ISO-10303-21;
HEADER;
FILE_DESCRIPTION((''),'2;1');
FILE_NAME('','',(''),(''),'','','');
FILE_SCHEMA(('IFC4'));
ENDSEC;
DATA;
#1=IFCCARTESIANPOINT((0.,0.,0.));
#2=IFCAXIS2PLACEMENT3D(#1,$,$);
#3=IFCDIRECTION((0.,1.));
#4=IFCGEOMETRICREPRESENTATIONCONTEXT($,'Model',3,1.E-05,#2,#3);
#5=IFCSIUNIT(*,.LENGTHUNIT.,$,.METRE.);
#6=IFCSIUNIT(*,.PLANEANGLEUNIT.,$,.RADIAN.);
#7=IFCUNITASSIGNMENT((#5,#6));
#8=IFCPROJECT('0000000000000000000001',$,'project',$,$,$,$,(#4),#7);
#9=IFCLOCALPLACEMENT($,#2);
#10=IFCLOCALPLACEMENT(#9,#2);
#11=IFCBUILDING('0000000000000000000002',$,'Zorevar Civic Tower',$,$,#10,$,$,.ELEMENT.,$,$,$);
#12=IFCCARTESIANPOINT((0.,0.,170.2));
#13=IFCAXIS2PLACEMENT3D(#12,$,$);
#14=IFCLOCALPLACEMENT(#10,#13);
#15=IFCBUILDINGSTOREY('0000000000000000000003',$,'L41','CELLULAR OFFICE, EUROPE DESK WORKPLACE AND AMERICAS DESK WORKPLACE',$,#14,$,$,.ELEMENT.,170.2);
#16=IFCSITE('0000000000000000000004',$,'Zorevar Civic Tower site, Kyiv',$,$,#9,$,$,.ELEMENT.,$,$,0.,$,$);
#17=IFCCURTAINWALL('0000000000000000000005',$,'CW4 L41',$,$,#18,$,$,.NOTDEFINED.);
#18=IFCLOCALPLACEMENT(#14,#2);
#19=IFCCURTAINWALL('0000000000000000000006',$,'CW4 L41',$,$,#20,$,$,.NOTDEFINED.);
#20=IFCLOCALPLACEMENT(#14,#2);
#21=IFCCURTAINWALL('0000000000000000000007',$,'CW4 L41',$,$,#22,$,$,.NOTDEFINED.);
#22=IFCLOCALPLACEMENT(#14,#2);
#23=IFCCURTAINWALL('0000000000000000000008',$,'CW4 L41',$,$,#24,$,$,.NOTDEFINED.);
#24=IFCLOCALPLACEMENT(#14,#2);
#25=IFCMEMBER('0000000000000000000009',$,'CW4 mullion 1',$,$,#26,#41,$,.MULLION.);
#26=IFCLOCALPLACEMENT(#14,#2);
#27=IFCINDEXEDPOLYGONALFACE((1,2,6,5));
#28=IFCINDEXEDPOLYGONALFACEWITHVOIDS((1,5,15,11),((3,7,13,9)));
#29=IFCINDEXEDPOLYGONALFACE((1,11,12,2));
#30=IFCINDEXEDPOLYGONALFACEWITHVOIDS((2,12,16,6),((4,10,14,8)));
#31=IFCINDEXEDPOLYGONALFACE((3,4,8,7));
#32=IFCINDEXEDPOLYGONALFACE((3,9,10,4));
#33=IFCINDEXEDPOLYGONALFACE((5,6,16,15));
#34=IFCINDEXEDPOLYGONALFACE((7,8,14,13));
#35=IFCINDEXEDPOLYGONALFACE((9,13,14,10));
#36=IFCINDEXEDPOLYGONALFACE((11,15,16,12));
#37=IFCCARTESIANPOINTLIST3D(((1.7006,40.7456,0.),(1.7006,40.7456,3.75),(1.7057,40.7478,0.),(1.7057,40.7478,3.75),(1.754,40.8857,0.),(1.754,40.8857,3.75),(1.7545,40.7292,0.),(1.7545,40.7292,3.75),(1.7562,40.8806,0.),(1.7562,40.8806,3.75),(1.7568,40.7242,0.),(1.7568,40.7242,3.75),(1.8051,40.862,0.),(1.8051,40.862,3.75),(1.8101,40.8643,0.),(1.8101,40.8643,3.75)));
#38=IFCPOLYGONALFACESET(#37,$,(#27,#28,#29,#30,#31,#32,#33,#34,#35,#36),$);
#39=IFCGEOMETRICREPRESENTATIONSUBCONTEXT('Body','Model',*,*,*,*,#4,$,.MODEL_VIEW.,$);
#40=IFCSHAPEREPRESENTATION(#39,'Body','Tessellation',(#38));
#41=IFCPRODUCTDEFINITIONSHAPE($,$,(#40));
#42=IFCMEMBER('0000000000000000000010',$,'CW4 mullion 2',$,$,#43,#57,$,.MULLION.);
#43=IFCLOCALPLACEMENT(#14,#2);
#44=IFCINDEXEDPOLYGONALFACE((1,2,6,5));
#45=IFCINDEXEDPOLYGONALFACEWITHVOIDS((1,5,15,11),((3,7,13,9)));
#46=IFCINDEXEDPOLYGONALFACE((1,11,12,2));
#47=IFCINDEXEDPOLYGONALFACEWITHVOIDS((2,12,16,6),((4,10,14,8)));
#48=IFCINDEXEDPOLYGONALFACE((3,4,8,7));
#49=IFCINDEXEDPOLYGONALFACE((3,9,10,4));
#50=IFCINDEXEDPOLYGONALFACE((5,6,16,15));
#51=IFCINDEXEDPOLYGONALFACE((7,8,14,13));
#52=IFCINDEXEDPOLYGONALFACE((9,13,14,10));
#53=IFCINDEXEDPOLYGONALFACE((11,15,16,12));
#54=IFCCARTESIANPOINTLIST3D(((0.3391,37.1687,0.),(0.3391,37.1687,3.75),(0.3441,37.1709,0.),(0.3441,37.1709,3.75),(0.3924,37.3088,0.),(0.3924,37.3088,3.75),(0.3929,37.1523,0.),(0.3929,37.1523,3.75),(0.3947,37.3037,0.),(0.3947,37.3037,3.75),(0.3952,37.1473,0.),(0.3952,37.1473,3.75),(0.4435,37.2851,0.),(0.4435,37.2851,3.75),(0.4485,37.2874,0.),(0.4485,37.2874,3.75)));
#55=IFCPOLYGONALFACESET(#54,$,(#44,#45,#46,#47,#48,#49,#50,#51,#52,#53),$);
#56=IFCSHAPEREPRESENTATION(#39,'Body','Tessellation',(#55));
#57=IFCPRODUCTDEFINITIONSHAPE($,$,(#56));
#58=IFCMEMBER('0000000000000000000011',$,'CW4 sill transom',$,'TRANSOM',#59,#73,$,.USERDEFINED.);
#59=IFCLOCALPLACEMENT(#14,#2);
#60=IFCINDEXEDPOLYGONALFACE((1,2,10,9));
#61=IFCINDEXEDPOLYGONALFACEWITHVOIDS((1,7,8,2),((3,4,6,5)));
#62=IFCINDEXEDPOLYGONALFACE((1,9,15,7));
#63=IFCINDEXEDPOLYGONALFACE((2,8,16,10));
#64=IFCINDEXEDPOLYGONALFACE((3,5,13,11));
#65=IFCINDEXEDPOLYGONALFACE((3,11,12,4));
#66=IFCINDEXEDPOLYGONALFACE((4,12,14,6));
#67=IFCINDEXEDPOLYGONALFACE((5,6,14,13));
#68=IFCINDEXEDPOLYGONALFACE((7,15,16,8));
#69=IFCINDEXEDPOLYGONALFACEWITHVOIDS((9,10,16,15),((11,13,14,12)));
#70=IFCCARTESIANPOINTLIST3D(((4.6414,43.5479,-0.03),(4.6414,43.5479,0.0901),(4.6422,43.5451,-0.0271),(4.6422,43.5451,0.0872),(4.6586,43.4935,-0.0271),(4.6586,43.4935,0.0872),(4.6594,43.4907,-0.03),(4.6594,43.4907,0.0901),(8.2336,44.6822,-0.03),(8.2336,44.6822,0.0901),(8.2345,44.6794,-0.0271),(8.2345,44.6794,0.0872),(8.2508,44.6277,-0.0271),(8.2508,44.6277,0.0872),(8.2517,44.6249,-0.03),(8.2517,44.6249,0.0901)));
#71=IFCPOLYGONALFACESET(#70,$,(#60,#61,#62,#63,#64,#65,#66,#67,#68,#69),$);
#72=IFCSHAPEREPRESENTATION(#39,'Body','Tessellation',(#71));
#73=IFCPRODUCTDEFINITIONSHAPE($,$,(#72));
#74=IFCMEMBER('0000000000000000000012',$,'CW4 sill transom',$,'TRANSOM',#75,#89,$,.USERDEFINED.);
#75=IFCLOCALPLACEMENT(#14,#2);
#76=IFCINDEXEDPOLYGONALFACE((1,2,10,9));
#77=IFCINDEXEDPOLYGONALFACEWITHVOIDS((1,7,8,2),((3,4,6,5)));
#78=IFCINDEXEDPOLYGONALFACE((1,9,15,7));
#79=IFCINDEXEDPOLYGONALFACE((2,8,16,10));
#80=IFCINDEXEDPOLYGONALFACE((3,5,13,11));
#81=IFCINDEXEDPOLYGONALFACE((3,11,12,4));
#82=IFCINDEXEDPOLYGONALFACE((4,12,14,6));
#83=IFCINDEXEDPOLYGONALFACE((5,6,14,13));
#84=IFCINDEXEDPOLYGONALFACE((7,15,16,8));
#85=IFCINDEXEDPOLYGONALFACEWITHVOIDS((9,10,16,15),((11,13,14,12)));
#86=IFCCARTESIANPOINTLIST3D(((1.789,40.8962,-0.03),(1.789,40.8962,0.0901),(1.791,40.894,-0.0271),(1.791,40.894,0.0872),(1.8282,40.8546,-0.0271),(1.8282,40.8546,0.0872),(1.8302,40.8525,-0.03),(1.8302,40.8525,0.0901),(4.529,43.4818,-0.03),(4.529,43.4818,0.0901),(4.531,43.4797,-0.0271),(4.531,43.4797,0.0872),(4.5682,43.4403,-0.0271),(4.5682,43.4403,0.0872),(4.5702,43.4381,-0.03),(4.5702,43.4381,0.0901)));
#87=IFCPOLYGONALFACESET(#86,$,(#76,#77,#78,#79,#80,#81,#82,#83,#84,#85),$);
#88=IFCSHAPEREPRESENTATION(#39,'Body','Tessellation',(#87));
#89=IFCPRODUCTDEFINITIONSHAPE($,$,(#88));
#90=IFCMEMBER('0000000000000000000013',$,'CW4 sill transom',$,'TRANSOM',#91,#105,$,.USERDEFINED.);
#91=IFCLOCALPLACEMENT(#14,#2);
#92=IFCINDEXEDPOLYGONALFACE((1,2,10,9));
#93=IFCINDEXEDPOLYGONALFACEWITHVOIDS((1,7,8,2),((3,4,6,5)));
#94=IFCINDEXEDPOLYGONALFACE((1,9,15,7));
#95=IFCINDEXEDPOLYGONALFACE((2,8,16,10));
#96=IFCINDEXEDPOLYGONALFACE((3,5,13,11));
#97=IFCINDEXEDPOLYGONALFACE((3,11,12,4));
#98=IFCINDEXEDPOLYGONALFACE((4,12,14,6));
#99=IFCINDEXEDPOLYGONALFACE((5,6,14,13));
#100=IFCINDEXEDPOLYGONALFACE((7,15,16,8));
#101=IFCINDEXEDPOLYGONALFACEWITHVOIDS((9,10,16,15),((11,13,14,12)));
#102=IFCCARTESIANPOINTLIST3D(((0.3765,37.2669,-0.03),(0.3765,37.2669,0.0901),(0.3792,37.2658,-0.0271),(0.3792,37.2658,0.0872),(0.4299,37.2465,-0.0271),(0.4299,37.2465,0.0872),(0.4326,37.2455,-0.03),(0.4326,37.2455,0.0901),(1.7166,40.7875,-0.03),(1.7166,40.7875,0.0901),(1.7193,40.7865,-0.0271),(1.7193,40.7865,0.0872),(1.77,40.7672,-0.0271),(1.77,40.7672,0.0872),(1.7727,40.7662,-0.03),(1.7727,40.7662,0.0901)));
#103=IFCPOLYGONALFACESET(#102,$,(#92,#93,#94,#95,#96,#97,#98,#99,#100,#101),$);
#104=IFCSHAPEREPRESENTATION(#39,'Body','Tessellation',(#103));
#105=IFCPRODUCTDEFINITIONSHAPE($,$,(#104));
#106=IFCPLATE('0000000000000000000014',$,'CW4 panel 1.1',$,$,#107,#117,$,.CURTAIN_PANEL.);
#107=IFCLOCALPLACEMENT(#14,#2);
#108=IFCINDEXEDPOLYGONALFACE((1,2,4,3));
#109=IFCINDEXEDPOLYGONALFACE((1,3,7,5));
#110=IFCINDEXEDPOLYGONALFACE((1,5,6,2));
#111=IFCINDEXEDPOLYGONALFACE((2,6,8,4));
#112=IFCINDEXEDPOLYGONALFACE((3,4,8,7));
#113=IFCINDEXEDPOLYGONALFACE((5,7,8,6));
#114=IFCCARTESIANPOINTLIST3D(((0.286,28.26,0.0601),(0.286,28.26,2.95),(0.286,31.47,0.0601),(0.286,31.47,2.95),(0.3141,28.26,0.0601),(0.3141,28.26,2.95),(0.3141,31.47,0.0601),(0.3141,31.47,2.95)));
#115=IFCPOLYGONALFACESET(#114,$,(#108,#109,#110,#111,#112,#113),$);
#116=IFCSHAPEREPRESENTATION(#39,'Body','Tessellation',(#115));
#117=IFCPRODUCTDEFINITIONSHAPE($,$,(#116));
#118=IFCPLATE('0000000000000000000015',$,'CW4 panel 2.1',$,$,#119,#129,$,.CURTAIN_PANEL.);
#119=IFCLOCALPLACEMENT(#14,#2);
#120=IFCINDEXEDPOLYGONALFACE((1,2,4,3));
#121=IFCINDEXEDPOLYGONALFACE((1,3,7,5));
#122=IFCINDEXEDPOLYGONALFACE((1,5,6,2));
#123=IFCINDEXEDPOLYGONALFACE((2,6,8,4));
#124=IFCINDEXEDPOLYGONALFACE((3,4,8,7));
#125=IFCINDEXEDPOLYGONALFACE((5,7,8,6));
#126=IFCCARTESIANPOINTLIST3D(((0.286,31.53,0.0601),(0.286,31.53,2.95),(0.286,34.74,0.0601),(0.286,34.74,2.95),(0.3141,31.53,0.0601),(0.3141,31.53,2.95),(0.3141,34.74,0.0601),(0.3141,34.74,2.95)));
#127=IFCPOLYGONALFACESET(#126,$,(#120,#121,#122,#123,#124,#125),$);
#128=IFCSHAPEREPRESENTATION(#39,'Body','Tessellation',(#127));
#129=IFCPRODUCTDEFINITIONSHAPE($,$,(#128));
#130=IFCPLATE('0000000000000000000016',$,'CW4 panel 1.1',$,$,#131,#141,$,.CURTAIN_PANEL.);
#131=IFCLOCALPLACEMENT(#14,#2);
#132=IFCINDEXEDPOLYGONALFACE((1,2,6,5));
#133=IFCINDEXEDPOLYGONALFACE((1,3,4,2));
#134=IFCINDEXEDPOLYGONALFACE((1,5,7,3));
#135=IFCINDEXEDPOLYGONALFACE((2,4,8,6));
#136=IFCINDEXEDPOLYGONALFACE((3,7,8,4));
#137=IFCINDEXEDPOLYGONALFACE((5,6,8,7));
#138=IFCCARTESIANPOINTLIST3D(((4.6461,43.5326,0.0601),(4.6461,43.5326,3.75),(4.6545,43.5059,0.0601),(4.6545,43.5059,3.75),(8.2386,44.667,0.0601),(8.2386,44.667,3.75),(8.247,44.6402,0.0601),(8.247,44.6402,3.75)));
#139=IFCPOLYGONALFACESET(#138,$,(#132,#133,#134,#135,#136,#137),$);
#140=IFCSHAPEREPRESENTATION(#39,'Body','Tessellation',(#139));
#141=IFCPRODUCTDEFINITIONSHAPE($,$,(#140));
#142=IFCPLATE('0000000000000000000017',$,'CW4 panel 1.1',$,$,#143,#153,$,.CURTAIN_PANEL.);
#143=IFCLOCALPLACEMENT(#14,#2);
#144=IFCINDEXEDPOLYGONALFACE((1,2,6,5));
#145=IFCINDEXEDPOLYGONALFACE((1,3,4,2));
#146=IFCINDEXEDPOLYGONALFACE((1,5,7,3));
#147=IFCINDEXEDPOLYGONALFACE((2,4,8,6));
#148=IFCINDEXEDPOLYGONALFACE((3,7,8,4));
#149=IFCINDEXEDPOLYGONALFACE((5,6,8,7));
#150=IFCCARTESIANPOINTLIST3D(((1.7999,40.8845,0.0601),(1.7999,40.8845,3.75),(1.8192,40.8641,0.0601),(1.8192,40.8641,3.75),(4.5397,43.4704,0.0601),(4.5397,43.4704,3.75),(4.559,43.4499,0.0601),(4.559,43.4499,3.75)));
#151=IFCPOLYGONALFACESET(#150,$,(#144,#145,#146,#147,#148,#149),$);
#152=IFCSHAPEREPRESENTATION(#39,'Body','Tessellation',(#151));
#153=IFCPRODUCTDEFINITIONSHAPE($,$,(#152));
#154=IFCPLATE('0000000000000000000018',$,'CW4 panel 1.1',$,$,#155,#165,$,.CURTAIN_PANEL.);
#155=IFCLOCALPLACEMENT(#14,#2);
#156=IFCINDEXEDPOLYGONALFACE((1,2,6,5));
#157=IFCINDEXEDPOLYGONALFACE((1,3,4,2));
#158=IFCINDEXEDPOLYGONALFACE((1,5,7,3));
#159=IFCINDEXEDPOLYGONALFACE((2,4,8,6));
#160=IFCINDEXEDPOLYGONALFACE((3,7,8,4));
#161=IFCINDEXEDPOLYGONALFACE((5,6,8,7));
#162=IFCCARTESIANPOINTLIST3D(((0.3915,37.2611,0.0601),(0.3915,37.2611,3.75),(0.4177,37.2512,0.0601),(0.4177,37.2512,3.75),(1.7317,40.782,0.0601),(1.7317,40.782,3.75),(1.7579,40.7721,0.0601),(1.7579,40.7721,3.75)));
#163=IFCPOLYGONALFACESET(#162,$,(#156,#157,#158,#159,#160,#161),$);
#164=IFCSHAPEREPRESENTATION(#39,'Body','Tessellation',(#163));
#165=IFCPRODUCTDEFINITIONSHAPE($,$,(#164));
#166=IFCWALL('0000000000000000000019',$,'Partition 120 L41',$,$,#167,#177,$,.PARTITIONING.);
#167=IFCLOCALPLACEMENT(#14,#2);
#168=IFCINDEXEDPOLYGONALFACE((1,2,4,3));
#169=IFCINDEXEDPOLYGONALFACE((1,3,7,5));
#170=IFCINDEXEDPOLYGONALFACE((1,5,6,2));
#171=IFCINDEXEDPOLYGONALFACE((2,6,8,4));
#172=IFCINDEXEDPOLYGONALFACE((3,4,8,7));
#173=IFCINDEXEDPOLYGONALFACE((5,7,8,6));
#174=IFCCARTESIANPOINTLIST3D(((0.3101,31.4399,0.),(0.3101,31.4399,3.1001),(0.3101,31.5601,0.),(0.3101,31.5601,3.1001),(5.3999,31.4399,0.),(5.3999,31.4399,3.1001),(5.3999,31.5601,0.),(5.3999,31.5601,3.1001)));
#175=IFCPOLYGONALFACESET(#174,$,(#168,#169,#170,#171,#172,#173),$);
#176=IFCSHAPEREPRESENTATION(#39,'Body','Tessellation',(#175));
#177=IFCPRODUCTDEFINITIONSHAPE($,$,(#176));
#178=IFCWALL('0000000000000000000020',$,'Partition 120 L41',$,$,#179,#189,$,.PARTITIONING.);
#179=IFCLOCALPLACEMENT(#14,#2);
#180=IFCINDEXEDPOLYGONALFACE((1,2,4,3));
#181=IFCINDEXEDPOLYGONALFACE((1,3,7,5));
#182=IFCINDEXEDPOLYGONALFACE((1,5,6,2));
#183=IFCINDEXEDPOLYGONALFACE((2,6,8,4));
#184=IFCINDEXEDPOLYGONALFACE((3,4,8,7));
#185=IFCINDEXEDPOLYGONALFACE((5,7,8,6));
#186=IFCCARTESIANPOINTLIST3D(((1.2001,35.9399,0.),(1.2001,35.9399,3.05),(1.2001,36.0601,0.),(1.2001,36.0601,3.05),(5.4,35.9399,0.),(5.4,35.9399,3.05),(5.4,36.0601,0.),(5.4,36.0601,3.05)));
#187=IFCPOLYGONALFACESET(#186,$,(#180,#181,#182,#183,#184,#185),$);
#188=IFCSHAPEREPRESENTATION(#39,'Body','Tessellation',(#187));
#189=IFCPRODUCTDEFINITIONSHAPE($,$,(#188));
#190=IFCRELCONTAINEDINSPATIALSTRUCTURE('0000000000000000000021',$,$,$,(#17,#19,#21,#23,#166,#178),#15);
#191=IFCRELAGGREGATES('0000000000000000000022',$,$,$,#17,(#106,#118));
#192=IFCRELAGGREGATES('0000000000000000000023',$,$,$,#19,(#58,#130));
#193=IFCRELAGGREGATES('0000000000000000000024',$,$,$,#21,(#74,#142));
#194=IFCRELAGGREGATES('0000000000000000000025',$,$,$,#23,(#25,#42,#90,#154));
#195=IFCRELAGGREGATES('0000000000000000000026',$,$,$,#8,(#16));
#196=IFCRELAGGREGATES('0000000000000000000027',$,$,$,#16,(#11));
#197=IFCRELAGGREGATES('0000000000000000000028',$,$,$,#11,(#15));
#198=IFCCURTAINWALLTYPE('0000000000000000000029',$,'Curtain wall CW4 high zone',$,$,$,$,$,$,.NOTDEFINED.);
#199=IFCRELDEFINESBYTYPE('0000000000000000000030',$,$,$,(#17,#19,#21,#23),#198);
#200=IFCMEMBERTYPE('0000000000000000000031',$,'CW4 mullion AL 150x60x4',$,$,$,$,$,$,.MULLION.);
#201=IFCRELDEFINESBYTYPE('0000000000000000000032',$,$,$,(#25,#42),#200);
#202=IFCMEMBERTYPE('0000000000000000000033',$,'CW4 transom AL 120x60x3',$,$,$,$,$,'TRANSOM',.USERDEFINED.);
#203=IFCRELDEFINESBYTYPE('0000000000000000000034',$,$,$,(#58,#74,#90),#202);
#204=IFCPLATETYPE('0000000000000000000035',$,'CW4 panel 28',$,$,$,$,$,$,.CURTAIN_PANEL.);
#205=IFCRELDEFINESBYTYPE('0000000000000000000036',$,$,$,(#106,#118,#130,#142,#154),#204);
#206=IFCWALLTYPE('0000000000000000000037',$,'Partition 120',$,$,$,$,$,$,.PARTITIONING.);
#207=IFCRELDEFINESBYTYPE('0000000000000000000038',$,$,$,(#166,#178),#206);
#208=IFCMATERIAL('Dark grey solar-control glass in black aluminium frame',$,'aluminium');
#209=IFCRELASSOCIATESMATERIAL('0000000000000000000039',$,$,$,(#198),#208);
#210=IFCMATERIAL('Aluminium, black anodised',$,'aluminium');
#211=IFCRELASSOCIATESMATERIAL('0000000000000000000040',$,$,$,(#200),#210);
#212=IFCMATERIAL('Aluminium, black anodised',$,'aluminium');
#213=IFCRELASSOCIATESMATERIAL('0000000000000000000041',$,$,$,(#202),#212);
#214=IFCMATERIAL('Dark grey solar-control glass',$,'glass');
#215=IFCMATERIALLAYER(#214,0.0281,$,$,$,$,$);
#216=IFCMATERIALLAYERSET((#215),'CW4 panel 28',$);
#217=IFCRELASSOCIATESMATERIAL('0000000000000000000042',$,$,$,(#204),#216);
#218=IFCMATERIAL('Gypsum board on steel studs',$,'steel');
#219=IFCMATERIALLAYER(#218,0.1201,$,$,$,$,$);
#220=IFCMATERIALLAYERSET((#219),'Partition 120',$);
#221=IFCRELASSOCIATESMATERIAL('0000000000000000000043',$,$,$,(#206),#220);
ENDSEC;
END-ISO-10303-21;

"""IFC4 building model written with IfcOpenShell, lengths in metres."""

from ifc_helpers import new_model, si_unit, direction, frame, frame_2d, origin, origin_2d, place, context, subcontext, project, spatial, rectangle, hollow_rectangle, extrude, material, layer, layer_set, material_profile, profile_set, type_object, element, aggregate, save


model = new_model("IFC4")

# Units and contexts
model_context = context("Model", 3, precision=1e-05, world=origin(), true_north=direction((0.0, 1.0)))
body_context = subcontext(model_context, "Body", "Model", "MODEL_VIEW")
ifc_project = project(units=[si_unit("LENGTHUNIT", "METRE"), si_unit("PLANEANGLEUNIT", "RADIAN")], contexts=[model_context])

# Site, building, storey
site_placement = place(None, origin())
site = spatial("IfcSite", under=ifc_project, at=site_placement, Name="Zorevar Civic Tower site, Kyiv", CompositionType="ELEMENT", RefElevation=0.0)
building_placement = place(site_placement, origin())
building = spatial("IfcBuilding", under=site, at=building_placement, Name="Zorevar Civic Tower", CompositionType="ELEMENT")
storey_placement = place(building_placement, frame((0.0, 0.0, 170.2)))
storey = spatial("IfcBuildingStorey", under=building, at=storey_placement, Name="L41", Description="CELLULAR OFFICE, EUROPE DESK WORKPLACE AND AMERICAS DESK WORKPLACE", CompositionType="ELEMENT", Elevation=170.2)

# Curtain walls, members
ifc_material_1 = material(Name="Dark grey solar-control glass in black aluminium frame", Category="aluminium")
curtain_wall_type = type_object("IfcCurtainWallType", Name="Curtain wall CW4 high zone", PredefinedType="NOTDEFINED", material=ifc_material_1)
curtain_wall_1_placement = place(storey_placement, origin())
curtain_wall_1 = element("IfcCurtainWall", 1, at=curtain_wall_1_placement, inside=storey, type_object=curtain_wall_type, Name="CW4 L41", PredefinedType="NOTDEFINED")
ifc_material_2 = material(Name="Aluminium, black anodised", Category="aluminium")
ifc_material_profile_1 = material_profile(ifc_material_2, hollow_rectangle(XDim=0.0601, YDim=0.1499, WallThickness=0.0039, at=origin_2d()), Name="AL 150x60x4")
ifc_profile_set_1 = profile_set([ifc_material_profile_1], Name="Aluminium, black anodised")
member_type_1 = type_object("IfcMemberType", Name="CW4 mullion AL 150x60x4", PredefinedType="MULLION", material=ifc_profile_set_1)
curtain_wall_2_placement = place(storey_placement, origin())
curtain_wall_2 = element("IfcCurtainWall", 2, at=curtain_wall_2_placement, inside=storey, type_object=curtain_wall_type, Name="CW4 L41", PredefinedType="NOTDEFINED")
curtain_wall_3_placement = place(storey_placement, origin())
curtain_wall_3 = element("IfcCurtainWall", 3, at=curtain_wall_3_placement, inside=storey, type_object=curtain_wall_type, Name="CW4 L41", PredefinedType="NOTDEFINED")
curtain_wall_4_placement = place(storey_placement, origin())
curtain_wall_4 = element("IfcCurtainWall", 4, at=curtain_wall_4_placement, inside=storey, type_object=curtain_wall_type, Name="CW4 L41", PredefinedType="NOTDEFINED")
member_1_placement = place(storey_placement, frame((1.7554, 40.8049, 0.0), z_axis=(0.0, 0.0, 1.0), x_axis=(0.934588, -0.355731, 0.0)))
member_1 = element("IfcMember", 5, at=member_1_placement, type_object=member_type_1, Name="CW4 mullion 1", PredefinedType="MULLION", context=body_context, shape_type="SweptSolid", body=[
    extrude(hollow_rectangle(XDim=0.0601, YDim=0.1499, WallThickness=0.0039, at=origin_2d()), origin(), (0.0, 0.0, 1.0), 3.75),
])
member_2_placement = place(storey_placement, frame((0.3938, 37.228, 0.0), z_axis=(0.0, 0.0, 1.0), x_axis=(0.934588, -0.355731, 0.0)))
member_2 = element("IfcMember", 6, at=member_2_placement, type_object=member_type_1, Name="CW4 mullion 2", PredefinedType="MULLION", context=body_context, shape_type="SweptSolid", body=[
    extrude(hollow_rectangle(XDim=0.0601, YDim=0.1499, WallThickness=0.0039, at=origin_2d()), origin(), (0.0, 0.0, 1.0), 3.75),
])

# Members
ifc_material_3 = material(Name="Aluminium, black anodised", Category="aluminium")
ifc_material_profile_2 = material_profile(ifc_material_3, hollow_rectangle(XDim=0.0601, YDim=0.1201, WallThickness=0.0029, at=origin_2d()), Name="AL 120x60x3")
ifc_profile_set_2 = profile_set([ifc_material_profile_2], Name="Aluminium, black anodised")
member_type_2 = type_object("IfcMemberType", Name="CW4 transom AL 120x60x3", ElementType="TRANSOM", PredefinedType="USERDEFINED", material=ifc_profile_set_2)
member_3_placement = place(storey_placement, frame((8.2427, 44.6536, 0.03), z_axis=(-0.953592, -0.3011, 0.0), x_axis=(0.3011, -0.953592, 0.0)))
member_3 = element("IfcMember", 7, at=member_3_placement, type_object=member_type_2, Name="CW4 sill transom", ObjectType="TRANSOM", PredefinedType="USERDEFINED", context=body_context, shape_type="SweptSolid", body=[
    extrude(hollow_rectangle(XDim=0.0601, YDim=0.1201, WallThickness=0.0029, at=origin_2d()), origin(), (0.0, 0.0, 1.0), 3.7671),
])
member_4_placement = place(storey_placement, frame((4.5496, 43.46, 0.03), z_axis=(-0.727288, -0.686332, 0.0), x_axis=(0.686332, -0.727288, 0.0)))
member_4 = element("IfcMember", 8, at=member_4_placement, type_object=member_type_2, Name="CW4 sill transom", ObjectType="TRANSOM", PredefinedType="USERDEFINED", context=body_context, shape_type="SweptSolid", body=[
    extrude(hollow_rectangle(XDim=0.0601, YDim=0.1201, WallThickness=0.0029, at=origin_2d()), origin(), (0.0, 0.0, 1.0), 3.7673),
])
member_5_placement = place(storey_placement, frame((1.7446, 40.7769, 0.03), z_axis=(-0.355729, -0.934589, 0.0), x_axis=(0.934589, -0.355729, 0.0)))
member_5 = element("IfcMember", 9, at=member_5_placement, type_object=member_type_2, Name="CW4 sill transom", ObjectType="TRANSOM", PredefinedType="USERDEFINED", context=body_context, shape_type="SweptSolid", body=[
    extrude(hollow_rectangle(XDim=0.0601, YDim=0.1201, WallThickness=0.0029, at=origin_2d()), origin(), (0.0, 0.0, 1.0), 3.7671),
])

# Plates
ifc_material_4 = material(Name="Dark grey solar-control glass", Category="glass")
ifc_layer_1 = layer(ifc_material_4, 0.0281)
ifc_layer_set_1 = layer_set([ifc_layer_1], Name="CW4 panel 28")
plate_type = type_object("IfcPlateType", Name="CW4 panel 28", PredefinedType="CURTAIN_PANEL", material=ifc_layer_set_1)
plate_1_placement = place(storey_placement, frame((0.3, 29.865, 0.0601), z_axis=(0.0, 0.0, 1.0), x_axis=(0.0, 1.0, 0.0)))
plate_1 = element("IfcPlate", 10, at=plate_1_placement, type_object=plate_type, Name="CW4 panel 1.1", PredefinedType="CURTAIN_PANEL", context=body_context, shape_type="SweptSolid", body=[
    extrude(rectangle(XDim=3.21, YDim=0.0281, at=origin_2d()), origin(), (0.0, 0.0, 1.0), 2.8899),
])
plate_2_placement = place(storey_placement, frame((0.3, 33.135, 0.0601), z_axis=(0.0, 0.0, 1.0), x_axis=(0.0, 1.0, 0.0)))
plate_2 = element("IfcPlate", 11, at=plate_2_placement, type_object=plate_type, Name="CW4 panel 2.1", PredefinedType="CURTAIN_PANEL", context=body_context, shape_type="SweptSolid", body=[
    extrude(rectangle(XDim=3.21, YDim=0.0281, at=origin_2d()), origin(), (0.0, 0.0, 1.0), 2.8899),
])
aggregate(curtain_wall_1, [plate_1, plate_2])
plate_3_placement = place(storey_placement, frame((6.4465, 44.0864, 0.0601), z_axis=(0.0, 0.0, 1.0), x_axis=(-0.95359, -0.301108, 0.0)))
plate_3 = element("IfcPlate", 12, at=plate_3_placement, type_object=plate_type, Name="CW4 panel 1.1", PredefinedType="CURTAIN_PANEL", context=body_context, shape_type="SweptSolid", body=[
    extrude(rectangle(XDim=3.7673, YDim=0.0281, at=origin_2d()), origin(), (0.0, 0.0, 1.0), 3.6899),
])
aggregate(curtain_wall_2, [member_3, plate_3])
plate_4_placement = place(storey_placement, frame((3.1794, 42.1672, 0.0601), z_axis=(0.0, 0.0, 1.0), x_axis=(-0.727245, -0.686378, 0.0)))
plate_4 = element("IfcPlate", 13, at=plate_4_placement, type_object=plate_type, Name="CW4 panel 1.1", PredefinedType="CURTAIN_PANEL", context=body_context, shape_type="SweptSolid", body=[
    extrude(rectangle(XDim=3.7673, YDim=0.0281, at=origin_2d()), origin(), (0.0, 0.0, 1.0), 3.6899),
])
aggregate(curtain_wall_3, [member_4, plate_4])
plate_5_placement = place(storey_placement, frame((1.0747, 39.0166, 0.0601), z_axis=(0.0, 0.0, 1.0), x_axis=(-0.355731, -0.934588, 0.0)))
plate_5 = element("IfcPlate", 14, at=plate_5_placement, type_object=plate_type, Name="CW4 panel 1.1", PredefinedType="CURTAIN_PANEL", context=body_context, shape_type="SweptSolid", body=[
    extrude(rectangle(XDim=3.7673, YDim=0.0281, at=origin_2d()), origin(), (0.0, 0.0, 1.0), 3.6899),
])
aggregate(curtain_wall_4, [member_1, member_2, member_5, plate_5])

# Walls
ifc_material_5 = material(Name="Gypsum board on steel studs", Category="steel")
ifc_layer_2 = layer(ifc_material_5, 0.1201)
ifc_layer_set_2 = layer_set([ifc_layer_2], Name="Partition 120")
wall_type = type_object("IfcWallType", Name="Partition 120", PredefinedType="PARTITIONING", material=ifc_layer_set_2)
wall_1_placement = place(storey_placement, frame((0.3101, 31.5, 0.0), z_axis=(0.0, 0.0, 1.0), x_axis=(1.0, 0.0, 0.0)))
element("IfcWall", 15, at=wall_1_placement, inside=storey, type_object=wall_type, Name="Partition 120 L41", PredefinedType="PARTITIONING", context=body_context, shape_type="SweptSolid", body=[
    extrude(rectangle(XDim=5.0898, YDim=0.1201, at=frame_2d((2.5449, 0.0))), origin(), (0.0, 0.0, 1.0), 3.1001),
])
wall_2_placement = place(storey_placement, frame((1.2, 36.0, 0.0), z_axis=(0.0, 0.0, 1.0), x_axis=(1.0, 0.0, 0.0)))
element("IfcWall", 16, at=wall_2_placement, inside=storey, type_object=wall_type, Name="Partition 120 L41", PredefinedType="PARTITIONING", context=body_context, shape_type="SweptSolid", body=[
    extrude(rectangle(XDim=4.2, YDim=0.1201, at=frame_2d((2.1001, 0.0))), origin(), (0.0, 0.0, 1.0), 3.05),
])

save(model, "model.ifc")
